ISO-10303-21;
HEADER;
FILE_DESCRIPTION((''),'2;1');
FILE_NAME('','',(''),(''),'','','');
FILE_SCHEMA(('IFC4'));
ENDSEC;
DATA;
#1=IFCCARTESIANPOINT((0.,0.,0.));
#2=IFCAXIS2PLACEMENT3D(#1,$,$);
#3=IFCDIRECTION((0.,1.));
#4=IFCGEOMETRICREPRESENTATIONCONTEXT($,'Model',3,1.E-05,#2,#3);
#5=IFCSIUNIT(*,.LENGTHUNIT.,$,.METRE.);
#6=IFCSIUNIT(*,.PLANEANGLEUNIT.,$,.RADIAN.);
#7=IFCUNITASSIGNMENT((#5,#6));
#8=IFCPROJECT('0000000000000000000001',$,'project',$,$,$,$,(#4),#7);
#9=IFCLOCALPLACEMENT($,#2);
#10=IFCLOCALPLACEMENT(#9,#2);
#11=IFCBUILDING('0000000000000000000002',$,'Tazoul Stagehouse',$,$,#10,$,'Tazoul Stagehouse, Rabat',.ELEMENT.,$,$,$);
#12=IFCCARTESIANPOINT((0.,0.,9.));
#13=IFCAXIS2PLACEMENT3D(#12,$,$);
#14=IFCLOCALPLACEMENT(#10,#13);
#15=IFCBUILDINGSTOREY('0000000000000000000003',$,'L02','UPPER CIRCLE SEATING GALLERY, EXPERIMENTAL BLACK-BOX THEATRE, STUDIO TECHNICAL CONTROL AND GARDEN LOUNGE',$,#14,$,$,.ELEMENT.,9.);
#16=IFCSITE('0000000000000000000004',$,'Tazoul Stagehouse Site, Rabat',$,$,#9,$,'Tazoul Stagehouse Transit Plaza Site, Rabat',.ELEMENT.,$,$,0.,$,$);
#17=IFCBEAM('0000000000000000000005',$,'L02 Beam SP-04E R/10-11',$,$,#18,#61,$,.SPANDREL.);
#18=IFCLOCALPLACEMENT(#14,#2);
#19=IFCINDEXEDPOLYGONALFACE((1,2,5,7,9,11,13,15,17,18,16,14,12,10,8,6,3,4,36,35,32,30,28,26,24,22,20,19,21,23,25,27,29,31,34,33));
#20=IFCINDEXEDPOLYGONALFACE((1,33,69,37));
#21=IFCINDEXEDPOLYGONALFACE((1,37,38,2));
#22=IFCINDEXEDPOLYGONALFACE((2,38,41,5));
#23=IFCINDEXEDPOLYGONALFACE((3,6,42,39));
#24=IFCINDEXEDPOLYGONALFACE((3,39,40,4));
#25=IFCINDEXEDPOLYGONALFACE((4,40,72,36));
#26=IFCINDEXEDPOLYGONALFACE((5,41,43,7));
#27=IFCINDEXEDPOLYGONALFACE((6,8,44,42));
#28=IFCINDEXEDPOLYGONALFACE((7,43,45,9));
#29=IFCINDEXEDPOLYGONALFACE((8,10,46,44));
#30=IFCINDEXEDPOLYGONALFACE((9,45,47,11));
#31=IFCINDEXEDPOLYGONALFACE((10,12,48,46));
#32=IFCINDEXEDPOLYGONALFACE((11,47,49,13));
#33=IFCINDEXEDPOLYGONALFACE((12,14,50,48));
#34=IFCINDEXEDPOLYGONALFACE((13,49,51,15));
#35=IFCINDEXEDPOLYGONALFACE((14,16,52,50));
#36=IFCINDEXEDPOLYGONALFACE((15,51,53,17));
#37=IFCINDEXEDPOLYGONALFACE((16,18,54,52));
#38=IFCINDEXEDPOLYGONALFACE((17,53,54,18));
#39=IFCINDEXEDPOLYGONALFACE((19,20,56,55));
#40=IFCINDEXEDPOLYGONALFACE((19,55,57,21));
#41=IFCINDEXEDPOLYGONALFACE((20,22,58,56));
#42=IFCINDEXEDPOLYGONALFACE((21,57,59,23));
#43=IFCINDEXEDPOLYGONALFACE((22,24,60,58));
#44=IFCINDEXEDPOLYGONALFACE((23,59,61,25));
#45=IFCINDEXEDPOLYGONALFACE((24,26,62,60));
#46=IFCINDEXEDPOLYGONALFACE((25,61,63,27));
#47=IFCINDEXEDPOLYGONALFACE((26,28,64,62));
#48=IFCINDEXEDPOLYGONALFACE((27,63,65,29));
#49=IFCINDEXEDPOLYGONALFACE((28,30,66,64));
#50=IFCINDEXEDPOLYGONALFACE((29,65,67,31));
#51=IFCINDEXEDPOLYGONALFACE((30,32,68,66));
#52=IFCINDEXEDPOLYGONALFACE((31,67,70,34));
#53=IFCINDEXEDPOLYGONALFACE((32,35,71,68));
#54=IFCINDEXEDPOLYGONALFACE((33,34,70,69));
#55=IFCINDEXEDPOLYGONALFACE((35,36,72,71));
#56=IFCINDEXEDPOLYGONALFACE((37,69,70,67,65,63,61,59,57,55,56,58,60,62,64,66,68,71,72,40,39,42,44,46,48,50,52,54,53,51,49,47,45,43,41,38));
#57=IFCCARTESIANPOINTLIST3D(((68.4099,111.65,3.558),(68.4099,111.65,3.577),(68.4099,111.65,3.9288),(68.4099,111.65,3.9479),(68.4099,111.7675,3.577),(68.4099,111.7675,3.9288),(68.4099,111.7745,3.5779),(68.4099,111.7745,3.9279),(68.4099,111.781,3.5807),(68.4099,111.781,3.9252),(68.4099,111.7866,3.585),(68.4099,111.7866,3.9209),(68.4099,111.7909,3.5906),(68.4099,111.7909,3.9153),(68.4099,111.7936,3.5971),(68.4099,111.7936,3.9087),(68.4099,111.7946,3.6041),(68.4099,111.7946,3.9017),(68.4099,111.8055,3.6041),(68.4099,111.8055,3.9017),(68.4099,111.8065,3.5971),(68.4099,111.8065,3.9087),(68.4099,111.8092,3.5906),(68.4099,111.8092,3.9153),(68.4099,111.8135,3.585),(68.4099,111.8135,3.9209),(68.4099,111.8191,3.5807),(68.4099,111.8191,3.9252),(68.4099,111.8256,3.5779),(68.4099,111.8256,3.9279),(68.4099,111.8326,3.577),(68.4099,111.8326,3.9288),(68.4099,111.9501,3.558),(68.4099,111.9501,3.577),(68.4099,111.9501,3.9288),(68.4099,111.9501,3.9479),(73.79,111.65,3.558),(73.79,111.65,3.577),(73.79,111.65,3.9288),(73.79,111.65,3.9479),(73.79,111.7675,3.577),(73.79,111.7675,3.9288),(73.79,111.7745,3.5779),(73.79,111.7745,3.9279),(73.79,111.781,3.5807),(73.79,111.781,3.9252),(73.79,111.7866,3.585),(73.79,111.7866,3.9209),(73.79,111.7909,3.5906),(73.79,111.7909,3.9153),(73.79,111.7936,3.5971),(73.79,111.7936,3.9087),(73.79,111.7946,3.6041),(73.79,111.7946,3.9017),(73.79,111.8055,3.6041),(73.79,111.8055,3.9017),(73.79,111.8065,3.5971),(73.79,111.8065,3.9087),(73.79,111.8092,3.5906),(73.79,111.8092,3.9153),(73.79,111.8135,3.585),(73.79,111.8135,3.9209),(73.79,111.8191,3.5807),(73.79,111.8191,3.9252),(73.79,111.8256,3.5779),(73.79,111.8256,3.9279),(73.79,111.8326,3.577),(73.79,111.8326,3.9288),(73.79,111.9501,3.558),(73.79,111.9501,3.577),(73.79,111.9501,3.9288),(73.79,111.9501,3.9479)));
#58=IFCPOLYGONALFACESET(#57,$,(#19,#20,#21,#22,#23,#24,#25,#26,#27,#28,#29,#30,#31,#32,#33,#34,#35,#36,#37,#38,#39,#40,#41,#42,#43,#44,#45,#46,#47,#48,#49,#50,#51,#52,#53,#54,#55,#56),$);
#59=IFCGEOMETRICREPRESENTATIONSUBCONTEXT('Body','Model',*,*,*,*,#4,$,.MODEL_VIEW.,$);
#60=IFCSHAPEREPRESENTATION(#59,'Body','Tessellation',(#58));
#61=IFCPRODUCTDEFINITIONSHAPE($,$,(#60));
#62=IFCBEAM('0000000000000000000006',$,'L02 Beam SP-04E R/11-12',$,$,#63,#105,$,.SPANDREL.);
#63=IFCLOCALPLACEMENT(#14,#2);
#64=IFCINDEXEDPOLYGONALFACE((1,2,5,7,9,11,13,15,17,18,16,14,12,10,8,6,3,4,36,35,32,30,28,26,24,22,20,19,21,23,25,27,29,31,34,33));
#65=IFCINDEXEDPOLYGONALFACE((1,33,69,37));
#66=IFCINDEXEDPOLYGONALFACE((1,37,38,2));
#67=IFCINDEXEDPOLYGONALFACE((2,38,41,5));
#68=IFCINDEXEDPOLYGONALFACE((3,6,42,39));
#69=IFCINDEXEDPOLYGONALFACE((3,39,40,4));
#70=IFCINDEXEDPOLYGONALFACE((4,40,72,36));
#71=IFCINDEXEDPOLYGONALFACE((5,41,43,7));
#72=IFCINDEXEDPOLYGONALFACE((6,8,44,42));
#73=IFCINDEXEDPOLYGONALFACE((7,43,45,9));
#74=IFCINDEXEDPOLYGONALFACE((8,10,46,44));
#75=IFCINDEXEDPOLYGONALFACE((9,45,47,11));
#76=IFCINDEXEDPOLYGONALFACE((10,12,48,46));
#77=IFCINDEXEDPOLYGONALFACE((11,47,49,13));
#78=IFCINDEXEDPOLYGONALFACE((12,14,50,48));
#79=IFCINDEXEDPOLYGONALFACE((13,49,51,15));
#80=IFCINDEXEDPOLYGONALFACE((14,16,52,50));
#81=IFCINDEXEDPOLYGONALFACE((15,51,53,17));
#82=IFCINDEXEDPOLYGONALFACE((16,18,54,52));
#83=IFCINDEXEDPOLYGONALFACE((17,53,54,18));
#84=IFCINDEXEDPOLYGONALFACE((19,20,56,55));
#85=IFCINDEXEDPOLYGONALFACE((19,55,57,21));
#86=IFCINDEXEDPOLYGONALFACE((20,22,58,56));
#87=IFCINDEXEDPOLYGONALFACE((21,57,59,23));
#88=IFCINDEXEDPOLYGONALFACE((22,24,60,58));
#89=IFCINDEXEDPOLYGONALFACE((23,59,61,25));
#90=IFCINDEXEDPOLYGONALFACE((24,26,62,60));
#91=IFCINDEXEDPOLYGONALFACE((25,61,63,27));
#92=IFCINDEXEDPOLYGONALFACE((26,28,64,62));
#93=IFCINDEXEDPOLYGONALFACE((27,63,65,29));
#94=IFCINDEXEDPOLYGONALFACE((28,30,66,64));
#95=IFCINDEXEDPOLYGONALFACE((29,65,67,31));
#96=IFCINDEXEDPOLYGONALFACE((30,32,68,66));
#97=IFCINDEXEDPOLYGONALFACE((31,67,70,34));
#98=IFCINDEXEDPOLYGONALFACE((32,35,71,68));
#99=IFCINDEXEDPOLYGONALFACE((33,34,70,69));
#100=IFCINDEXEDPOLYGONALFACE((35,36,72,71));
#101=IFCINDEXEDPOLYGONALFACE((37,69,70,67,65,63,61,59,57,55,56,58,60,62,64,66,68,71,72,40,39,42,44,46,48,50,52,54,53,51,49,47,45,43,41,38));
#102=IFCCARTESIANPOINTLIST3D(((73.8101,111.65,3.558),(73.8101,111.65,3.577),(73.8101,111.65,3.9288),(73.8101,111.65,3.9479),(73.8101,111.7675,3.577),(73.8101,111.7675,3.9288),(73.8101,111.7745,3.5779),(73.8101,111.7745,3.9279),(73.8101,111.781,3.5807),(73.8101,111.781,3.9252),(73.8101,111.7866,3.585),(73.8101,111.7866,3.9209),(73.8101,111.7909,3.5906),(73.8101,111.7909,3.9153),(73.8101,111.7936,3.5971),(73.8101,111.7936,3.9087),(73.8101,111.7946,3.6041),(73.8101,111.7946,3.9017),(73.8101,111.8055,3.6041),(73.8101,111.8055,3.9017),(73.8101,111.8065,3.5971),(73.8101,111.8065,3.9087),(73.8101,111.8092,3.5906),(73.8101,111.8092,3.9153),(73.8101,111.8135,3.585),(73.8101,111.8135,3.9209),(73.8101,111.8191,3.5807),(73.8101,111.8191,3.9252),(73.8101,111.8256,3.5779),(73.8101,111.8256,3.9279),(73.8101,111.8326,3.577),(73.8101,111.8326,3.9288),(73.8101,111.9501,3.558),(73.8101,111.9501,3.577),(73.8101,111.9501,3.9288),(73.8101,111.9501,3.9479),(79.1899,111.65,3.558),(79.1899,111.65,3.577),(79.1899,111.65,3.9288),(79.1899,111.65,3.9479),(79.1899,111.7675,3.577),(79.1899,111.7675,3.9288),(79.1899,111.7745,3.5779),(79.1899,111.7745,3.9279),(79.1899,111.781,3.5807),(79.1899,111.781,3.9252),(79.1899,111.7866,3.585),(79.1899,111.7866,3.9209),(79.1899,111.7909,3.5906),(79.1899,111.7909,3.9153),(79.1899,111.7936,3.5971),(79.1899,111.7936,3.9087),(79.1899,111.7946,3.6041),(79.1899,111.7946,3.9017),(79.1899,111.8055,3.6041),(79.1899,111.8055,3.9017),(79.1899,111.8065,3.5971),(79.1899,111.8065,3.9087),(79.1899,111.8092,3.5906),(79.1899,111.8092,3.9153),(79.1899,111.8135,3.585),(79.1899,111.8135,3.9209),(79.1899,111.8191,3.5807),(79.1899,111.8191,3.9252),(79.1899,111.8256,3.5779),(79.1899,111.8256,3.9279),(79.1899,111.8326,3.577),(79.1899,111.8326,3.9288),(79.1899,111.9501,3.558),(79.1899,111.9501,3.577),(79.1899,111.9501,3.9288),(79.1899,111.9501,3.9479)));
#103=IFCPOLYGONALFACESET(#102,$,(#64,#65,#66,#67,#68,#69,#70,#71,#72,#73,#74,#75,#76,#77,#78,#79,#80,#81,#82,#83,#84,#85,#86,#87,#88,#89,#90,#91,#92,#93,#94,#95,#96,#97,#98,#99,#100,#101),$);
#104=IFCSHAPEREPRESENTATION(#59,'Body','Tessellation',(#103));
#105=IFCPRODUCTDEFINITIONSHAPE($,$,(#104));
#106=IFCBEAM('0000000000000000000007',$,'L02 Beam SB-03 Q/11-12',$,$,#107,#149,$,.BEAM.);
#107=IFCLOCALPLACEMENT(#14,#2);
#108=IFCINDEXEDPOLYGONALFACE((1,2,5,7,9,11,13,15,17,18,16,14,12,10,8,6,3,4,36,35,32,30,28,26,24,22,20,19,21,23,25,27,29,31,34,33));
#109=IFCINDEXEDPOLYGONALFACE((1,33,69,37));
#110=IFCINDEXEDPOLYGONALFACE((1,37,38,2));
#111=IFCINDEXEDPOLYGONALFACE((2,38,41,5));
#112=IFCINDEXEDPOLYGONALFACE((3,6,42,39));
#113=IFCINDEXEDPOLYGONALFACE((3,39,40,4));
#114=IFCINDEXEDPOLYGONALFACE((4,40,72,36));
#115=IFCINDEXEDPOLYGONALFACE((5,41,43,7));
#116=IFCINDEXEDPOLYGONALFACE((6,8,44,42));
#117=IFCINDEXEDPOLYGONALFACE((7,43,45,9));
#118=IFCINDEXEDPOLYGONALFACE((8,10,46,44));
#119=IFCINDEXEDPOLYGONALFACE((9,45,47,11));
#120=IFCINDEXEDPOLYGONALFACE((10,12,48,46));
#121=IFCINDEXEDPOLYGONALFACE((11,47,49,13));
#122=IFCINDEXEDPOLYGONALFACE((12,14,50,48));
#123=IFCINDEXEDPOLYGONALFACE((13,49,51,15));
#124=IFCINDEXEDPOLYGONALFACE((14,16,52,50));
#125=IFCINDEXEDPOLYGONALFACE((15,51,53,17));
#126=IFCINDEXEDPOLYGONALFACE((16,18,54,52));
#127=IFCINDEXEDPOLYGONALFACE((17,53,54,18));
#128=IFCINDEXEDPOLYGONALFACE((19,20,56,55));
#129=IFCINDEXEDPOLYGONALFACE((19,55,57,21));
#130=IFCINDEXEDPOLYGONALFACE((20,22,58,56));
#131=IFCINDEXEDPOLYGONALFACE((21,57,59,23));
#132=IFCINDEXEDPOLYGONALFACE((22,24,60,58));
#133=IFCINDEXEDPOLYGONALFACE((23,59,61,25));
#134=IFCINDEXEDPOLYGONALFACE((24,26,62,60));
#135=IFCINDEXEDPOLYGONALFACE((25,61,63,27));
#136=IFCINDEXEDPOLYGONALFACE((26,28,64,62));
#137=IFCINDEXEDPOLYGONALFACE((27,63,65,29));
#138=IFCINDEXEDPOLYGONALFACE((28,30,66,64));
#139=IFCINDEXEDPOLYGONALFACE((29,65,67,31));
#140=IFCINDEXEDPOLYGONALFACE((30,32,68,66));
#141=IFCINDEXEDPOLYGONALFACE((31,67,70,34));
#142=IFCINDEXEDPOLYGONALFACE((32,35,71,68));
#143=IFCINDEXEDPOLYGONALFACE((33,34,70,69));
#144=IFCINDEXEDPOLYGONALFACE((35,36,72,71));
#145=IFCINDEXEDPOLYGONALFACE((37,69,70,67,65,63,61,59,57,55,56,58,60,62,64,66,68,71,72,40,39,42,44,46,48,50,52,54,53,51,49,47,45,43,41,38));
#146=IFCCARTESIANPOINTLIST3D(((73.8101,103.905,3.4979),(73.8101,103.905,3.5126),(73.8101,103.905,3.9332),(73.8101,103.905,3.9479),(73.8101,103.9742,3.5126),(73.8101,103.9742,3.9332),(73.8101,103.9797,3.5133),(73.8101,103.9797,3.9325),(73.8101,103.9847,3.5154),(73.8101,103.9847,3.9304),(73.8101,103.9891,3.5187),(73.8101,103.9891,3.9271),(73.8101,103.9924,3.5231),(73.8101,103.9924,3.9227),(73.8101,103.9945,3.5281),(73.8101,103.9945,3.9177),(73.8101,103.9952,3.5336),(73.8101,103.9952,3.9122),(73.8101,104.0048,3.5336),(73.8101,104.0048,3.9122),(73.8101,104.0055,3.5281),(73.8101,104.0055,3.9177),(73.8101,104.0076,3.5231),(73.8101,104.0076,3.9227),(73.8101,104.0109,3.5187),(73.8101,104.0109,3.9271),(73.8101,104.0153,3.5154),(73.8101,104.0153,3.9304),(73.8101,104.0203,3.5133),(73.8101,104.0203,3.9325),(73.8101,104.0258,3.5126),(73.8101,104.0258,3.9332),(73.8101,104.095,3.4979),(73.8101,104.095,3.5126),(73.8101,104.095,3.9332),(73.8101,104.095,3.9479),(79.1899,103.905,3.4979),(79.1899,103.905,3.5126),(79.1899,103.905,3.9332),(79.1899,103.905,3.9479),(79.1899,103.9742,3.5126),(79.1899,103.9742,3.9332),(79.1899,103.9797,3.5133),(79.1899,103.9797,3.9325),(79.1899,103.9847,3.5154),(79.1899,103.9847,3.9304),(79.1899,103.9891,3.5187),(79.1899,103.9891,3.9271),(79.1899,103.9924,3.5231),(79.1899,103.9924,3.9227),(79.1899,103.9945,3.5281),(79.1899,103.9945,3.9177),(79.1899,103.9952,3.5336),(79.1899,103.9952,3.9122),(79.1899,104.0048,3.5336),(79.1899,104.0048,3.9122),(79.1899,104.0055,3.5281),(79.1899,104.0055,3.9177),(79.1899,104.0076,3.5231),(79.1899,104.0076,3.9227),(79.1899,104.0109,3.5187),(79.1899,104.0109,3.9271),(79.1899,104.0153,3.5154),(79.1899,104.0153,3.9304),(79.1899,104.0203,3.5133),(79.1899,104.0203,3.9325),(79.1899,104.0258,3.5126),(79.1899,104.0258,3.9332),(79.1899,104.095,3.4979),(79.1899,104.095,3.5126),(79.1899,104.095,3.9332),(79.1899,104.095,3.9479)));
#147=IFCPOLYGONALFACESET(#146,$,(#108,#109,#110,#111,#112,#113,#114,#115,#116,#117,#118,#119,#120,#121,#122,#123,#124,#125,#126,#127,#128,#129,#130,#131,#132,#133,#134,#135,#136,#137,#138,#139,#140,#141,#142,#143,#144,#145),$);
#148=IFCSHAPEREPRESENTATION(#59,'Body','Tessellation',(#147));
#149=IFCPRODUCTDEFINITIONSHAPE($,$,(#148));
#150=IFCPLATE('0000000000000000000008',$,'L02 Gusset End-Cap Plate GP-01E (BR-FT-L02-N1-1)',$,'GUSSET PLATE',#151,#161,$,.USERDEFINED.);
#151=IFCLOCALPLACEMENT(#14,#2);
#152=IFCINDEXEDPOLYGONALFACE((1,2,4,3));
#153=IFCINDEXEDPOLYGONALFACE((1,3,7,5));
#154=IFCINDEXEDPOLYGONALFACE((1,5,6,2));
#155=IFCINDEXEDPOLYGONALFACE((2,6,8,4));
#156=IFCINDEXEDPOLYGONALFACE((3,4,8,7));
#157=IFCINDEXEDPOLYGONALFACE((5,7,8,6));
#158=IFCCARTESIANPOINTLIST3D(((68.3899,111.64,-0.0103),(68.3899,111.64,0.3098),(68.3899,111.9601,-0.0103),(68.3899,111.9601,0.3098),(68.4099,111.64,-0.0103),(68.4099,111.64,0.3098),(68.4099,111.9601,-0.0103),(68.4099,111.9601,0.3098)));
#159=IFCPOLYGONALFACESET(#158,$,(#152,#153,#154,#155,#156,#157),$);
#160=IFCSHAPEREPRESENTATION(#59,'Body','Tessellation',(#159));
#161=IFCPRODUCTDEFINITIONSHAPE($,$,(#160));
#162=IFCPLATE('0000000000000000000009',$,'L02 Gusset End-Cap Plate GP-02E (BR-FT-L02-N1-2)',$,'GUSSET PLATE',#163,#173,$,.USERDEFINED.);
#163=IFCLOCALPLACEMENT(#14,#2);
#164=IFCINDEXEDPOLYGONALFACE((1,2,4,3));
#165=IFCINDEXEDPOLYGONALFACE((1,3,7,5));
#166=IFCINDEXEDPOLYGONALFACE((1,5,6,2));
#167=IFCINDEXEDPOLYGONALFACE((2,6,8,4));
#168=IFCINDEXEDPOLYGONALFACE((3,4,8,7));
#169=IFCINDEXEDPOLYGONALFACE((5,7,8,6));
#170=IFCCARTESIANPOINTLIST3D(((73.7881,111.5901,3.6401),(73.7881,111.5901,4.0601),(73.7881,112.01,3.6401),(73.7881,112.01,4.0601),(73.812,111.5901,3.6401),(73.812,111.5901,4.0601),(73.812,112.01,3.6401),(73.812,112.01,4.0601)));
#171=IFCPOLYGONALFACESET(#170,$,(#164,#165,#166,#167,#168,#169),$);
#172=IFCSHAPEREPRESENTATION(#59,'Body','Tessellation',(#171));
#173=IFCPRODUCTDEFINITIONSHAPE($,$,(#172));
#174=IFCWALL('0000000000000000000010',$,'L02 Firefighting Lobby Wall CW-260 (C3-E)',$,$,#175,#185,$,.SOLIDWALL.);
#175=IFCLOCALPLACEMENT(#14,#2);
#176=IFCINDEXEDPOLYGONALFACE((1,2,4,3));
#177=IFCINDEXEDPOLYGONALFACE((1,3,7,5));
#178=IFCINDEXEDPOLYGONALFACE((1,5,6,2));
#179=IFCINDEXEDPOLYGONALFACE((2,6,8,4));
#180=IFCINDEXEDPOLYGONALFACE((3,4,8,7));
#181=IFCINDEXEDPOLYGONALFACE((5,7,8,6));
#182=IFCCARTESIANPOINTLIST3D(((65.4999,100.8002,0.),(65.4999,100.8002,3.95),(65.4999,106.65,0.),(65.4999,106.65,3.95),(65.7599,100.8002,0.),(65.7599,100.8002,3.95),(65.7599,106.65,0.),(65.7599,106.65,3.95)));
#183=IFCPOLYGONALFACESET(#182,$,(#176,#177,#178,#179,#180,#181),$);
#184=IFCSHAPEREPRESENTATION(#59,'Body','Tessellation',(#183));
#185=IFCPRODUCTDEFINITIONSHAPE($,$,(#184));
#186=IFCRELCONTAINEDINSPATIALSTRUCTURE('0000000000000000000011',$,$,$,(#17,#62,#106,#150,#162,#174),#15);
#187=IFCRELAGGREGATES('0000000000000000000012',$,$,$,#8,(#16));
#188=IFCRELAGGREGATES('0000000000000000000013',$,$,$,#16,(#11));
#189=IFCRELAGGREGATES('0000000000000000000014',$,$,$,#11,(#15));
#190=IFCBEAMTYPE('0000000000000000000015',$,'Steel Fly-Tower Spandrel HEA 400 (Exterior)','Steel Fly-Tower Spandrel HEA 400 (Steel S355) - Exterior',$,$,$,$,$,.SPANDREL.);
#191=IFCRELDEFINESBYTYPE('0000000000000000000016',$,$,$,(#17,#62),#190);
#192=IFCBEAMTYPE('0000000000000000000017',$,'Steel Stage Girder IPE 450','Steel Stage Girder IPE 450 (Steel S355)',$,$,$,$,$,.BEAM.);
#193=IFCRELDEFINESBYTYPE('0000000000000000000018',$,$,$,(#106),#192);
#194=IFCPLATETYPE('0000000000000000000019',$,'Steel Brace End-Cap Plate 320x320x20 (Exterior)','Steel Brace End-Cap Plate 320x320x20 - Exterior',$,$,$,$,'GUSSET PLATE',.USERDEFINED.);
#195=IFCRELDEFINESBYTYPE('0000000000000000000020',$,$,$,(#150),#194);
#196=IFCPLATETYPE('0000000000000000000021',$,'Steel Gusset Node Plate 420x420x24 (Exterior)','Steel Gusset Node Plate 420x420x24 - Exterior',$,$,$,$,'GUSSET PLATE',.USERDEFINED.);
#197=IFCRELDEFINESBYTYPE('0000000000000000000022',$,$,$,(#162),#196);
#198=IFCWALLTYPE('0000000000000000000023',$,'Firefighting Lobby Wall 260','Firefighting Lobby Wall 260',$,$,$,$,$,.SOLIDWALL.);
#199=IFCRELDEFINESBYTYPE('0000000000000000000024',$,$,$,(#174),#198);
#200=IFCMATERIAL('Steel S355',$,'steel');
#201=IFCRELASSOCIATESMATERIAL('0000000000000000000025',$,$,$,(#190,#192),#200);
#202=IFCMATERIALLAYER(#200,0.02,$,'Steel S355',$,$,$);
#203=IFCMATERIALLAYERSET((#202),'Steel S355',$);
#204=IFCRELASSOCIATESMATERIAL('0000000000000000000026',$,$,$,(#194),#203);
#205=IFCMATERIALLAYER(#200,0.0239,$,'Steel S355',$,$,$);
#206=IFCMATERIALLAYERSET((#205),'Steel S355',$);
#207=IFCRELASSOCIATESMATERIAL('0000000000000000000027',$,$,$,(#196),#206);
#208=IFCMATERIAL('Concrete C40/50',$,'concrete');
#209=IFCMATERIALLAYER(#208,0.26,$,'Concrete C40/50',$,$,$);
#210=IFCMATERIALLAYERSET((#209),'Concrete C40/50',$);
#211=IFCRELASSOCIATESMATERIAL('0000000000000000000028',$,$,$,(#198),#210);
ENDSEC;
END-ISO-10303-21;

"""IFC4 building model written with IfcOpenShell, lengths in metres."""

from ifc_helpers import new_model, si_unit, direction, frame, frame_2d, origin, origin_2d, place, context, subcontext, project, spatial, rectangle, i_section, extrude, material, layer, layer_set, material_profile, profile_set, type_object, element, save


model = new_model("IFC4")

# Units and contexts
model_context = context("Model", 3, precision=1e-05, world=origin(), true_north=direction((0.0, 1.0)))
body_context = subcontext(model_context, "Body", "Model", "MODEL_VIEW")
ifc_project = project(units=[si_unit("LENGTHUNIT", "METRE"), si_unit("PLANEANGLEUNIT", "RADIAN")], contexts=[model_context])

# Site, building, storey
site_placement = place(None, origin())
site = spatial("IfcSite", under=ifc_project, at=site_placement, Name="Tazoul Stagehouse Site, Rabat", LongName="Tazoul Stagehouse Transit Plaza Site, Rabat", CompositionType="ELEMENT", RefElevation=0.0)
building_placement = place(site_placement, origin())
building = spatial("IfcBuilding", under=site, at=building_placement, Name="Tazoul Stagehouse", LongName="Tazoul Stagehouse, Rabat", CompositionType="ELEMENT")
storey_placement = place(building_placement, frame((0.0, 0.0, 9.0)))
storey = spatial("IfcBuildingStorey", under=building, at=storey_placement, Name="L02", Description="UPPER CIRCLE SEATING GALLERY, EXPERIMENTAL BLACK-BOX THEATRE, STUDIO TECHNICAL CONTROL AND GARDEN LOUNGE", CompositionType="ELEMENT", Elevation=9.0)

# Shared definitions
ifc_material_1 = material(Name="Steel S355", Category="steel")

# Beams
ifc_material_2 = material(Name="Concrete C40/50", Category="concrete")
ifc_material_profile_1 = material_profile(ifc_material_1, i_section(OverallWidth=0.3, OverallDepth=0.3899, WebThickness=0.011, FlangeThickness=0.019, FilletRadius=0.0271, at=origin_2d()), Name="HEA 400")
ifc_profile_set_1 = profile_set([ifc_material_profile_1], Name="Steel S355")
beam_type_1 = type_object("IfcBeamType", Name="Steel Fly-Tower Spandrel HEA 400 (Exterior)", Description="Steel Fly-Tower Spandrel HEA 400 (Steel S355) - Exterior", PredefinedType="SPANDREL", material=ifc_profile_set_1)
beam_1_placement = place(storey_placement, frame((68.4099, 111.8, 3.7529), z_axis=(1.0, 0.0, 0.0), x_axis=(0.0, 1.0, 0.0)))
element("IfcBeam", 1, at=beam_1_placement, inside=storey, type_object=beam_type_1, Name="L02 Beam SP-04E R/10-11", PredefinedType="SPANDREL", context=body_context, shape_type="SweptSolid", body=[
    extrude(i_section(OverallWidth=0.3, OverallDepth=0.3899, WebThickness=0.011, FlangeThickness=0.019, FilletRadius=0.0271, at=origin_2d()), origin(), (0.0, 0.0, 1.0), 5.3801),
])
beam_2_placement = place(storey_placement, frame((73.8101, 111.8, 3.7529), z_axis=(1.0, 0.0, 0.0), x_axis=(0.0, 1.0, 0.0)))
element("IfcBeam", 2, at=beam_2_placement, inside=storey, type_object=beam_type_1, Name="L02 Beam SP-04E R/11-12", PredefinedType="SPANDREL", context=body_context, shape_type="SweptSolid", body=[
    extrude(i_section(OverallWidth=0.3, OverallDepth=0.3899, WebThickness=0.011, FlangeThickness=0.019, FilletRadius=0.0271, at=origin_2d()), origin(), (0.0, 0.0, 1.0), 5.3799),
])
ifc_material_profile_2 = material_profile(ifc_material_1, i_section(OverallWidth=0.1899, OverallDepth=0.45, WebThickness=0.0095, FlangeThickness=0.0146, FilletRadius=0.021, at=origin_2d()), Name="IPE 450")
ifc_profile_set_2 = profile_set([ifc_material_profile_2], Name="Steel S355")
beam_type_2 = type_object("IfcBeamType", Name="Steel Stage Girder IPE 450", Description="Steel Stage Girder IPE 450 (Steel S355)", PredefinedType="BEAM", material=ifc_profile_set_2)
beam_3_placement = place(storey_placement, frame((73.8101, 104.0, 3.7229), z_axis=(1.0, 0.0, 0.0), x_axis=(0.0, 1.0, 0.0)))
element("IfcBeam", 3, at=beam_3_placement, inside=storey, type_object=beam_type_2, Name="L02 Beam SB-03 Q/11-12", PredefinedType="BEAM", context=body_context, shape_type="SweptSolid", body=[
    extrude(i_section(OverallWidth=0.1899, OverallDepth=0.45, WebThickness=0.0095, FlangeThickness=0.0146, FilletRadius=0.021, at=origin_2d()), origin(), (0.0, 0.0, 1.0), 5.3799),
])

# Plates
ifc_layer_1 = layer(ifc_material_1, 0.02, Name="Steel S355")
ifc_layer_set_1 = layer_set([ifc_layer_1], Name="Steel S355")
plate_type_1 = type_object("IfcPlateType", Name="Steel Brace End-Cap Plate 320x320x20 (Exterior)", Description="Steel Brace End-Cap Plate 320x320x20 - Exterior", ElementType="GUSSET PLATE", PredefinedType="USERDEFINED", material=ifc_layer_set_1)
plate_1_placement = place(storey_placement, frame((68.3999, 111.8, -0.0103), z_axis=(0.0, 0.0, 1.0), x_axis=(1.0, 0.0, 0.0)))
element("IfcPlate", 4, at=plate_1_placement, inside=storey, type_object=plate_type_1, Name="L02 Gusset End-Cap Plate GP-01E (BR-FT-L02-N1-1)", ObjectType="GUSSET PLATE", PredefinedType="USERDEFINED", context=body_context, shape_type="SweptSolid", body=[
    extrude(rectangle(XDim=0.02, YDim=0.3201, at=origin_2d()), origin(), (0.0, 0.0, 1.0), 0.3201),
])
ifc_layer_2 = layer(ifc_material_1, 0.0239, Name="Steel S355")
ifc_layer_set_2 = layer_set([ifc_layer_2], Name="Steel S355")
plate_type_2 = type_object("IfcPlateType", Name="Steel Gusset Node Plate 420x420x24 (Exterior)", Description="Steel Gusset Node Plate 420x420x24 - Exterior", ElementType="GUSSET PLATE", PredefinedType="USERDEFINED", material=ifc_layer_set_2)
plate_2_placement = place(storey_placement, frame((73.8, 111.8, 3.6401), z_axis=(0.0, 0.0, 1.0), x_axis=(1.0, 0.0, 0.0)))
element("IfcPlate", 5, at=plate_2_placement, inside=storey, type_object=plate_type_2, Name="L02 Gusset End-Cap Plate GP-02E (BR-FT-L02-N1-2)", ObjectType="GUSSET PLATE", PredefinedType="USERDEFINED", context=body_context, shape_type="SweptSolid", body=[
    extrude(rectangle(XDim=0.0239, YDim=0.4199, at=origin_2d()), origin(), (0.0, 0.0, 1.0), 0.4199),
])

# Wall
ifc_layer_3 = layer(ifc_material_2, 0.26, Name="Concrete C40/50")
ifc_layer_set_3 = layer_set([ifc_layer_3], Name="Concrete C40/50")
wall_type_1 = type_object("IfcWallType", Name="Firefighting Lobby Wall 260", Description="Firefighting Lobby Wall 260", PredefinedType="SOLIDWALL", material=ifc_layer_set_3)
wall_1_placement = place(storey_placement, frame((65.6299, 106.6499, 0.0), z_axis=(0.0, 0.0, 1.0), x_axis=(0.0, -1.0, 0.0)))
element("IfcWall", 6, at=wall_1_placement, inside=storey, type_object=wall_type_1, Name="L02 Firefighting Lobby Wall CW-260 (C3-E)", PredefinedType="SOLIDWALL", context=body_context, shape_type="SweptSolid", body=[
    extrude(rectangle(XDim=5.8499, YDim=0.26, at=frame_2d((2.9248, 0.0))), origin(), (0.0, 0.0, 1.0), 3.95),
])

save(model, "model.ifc")
